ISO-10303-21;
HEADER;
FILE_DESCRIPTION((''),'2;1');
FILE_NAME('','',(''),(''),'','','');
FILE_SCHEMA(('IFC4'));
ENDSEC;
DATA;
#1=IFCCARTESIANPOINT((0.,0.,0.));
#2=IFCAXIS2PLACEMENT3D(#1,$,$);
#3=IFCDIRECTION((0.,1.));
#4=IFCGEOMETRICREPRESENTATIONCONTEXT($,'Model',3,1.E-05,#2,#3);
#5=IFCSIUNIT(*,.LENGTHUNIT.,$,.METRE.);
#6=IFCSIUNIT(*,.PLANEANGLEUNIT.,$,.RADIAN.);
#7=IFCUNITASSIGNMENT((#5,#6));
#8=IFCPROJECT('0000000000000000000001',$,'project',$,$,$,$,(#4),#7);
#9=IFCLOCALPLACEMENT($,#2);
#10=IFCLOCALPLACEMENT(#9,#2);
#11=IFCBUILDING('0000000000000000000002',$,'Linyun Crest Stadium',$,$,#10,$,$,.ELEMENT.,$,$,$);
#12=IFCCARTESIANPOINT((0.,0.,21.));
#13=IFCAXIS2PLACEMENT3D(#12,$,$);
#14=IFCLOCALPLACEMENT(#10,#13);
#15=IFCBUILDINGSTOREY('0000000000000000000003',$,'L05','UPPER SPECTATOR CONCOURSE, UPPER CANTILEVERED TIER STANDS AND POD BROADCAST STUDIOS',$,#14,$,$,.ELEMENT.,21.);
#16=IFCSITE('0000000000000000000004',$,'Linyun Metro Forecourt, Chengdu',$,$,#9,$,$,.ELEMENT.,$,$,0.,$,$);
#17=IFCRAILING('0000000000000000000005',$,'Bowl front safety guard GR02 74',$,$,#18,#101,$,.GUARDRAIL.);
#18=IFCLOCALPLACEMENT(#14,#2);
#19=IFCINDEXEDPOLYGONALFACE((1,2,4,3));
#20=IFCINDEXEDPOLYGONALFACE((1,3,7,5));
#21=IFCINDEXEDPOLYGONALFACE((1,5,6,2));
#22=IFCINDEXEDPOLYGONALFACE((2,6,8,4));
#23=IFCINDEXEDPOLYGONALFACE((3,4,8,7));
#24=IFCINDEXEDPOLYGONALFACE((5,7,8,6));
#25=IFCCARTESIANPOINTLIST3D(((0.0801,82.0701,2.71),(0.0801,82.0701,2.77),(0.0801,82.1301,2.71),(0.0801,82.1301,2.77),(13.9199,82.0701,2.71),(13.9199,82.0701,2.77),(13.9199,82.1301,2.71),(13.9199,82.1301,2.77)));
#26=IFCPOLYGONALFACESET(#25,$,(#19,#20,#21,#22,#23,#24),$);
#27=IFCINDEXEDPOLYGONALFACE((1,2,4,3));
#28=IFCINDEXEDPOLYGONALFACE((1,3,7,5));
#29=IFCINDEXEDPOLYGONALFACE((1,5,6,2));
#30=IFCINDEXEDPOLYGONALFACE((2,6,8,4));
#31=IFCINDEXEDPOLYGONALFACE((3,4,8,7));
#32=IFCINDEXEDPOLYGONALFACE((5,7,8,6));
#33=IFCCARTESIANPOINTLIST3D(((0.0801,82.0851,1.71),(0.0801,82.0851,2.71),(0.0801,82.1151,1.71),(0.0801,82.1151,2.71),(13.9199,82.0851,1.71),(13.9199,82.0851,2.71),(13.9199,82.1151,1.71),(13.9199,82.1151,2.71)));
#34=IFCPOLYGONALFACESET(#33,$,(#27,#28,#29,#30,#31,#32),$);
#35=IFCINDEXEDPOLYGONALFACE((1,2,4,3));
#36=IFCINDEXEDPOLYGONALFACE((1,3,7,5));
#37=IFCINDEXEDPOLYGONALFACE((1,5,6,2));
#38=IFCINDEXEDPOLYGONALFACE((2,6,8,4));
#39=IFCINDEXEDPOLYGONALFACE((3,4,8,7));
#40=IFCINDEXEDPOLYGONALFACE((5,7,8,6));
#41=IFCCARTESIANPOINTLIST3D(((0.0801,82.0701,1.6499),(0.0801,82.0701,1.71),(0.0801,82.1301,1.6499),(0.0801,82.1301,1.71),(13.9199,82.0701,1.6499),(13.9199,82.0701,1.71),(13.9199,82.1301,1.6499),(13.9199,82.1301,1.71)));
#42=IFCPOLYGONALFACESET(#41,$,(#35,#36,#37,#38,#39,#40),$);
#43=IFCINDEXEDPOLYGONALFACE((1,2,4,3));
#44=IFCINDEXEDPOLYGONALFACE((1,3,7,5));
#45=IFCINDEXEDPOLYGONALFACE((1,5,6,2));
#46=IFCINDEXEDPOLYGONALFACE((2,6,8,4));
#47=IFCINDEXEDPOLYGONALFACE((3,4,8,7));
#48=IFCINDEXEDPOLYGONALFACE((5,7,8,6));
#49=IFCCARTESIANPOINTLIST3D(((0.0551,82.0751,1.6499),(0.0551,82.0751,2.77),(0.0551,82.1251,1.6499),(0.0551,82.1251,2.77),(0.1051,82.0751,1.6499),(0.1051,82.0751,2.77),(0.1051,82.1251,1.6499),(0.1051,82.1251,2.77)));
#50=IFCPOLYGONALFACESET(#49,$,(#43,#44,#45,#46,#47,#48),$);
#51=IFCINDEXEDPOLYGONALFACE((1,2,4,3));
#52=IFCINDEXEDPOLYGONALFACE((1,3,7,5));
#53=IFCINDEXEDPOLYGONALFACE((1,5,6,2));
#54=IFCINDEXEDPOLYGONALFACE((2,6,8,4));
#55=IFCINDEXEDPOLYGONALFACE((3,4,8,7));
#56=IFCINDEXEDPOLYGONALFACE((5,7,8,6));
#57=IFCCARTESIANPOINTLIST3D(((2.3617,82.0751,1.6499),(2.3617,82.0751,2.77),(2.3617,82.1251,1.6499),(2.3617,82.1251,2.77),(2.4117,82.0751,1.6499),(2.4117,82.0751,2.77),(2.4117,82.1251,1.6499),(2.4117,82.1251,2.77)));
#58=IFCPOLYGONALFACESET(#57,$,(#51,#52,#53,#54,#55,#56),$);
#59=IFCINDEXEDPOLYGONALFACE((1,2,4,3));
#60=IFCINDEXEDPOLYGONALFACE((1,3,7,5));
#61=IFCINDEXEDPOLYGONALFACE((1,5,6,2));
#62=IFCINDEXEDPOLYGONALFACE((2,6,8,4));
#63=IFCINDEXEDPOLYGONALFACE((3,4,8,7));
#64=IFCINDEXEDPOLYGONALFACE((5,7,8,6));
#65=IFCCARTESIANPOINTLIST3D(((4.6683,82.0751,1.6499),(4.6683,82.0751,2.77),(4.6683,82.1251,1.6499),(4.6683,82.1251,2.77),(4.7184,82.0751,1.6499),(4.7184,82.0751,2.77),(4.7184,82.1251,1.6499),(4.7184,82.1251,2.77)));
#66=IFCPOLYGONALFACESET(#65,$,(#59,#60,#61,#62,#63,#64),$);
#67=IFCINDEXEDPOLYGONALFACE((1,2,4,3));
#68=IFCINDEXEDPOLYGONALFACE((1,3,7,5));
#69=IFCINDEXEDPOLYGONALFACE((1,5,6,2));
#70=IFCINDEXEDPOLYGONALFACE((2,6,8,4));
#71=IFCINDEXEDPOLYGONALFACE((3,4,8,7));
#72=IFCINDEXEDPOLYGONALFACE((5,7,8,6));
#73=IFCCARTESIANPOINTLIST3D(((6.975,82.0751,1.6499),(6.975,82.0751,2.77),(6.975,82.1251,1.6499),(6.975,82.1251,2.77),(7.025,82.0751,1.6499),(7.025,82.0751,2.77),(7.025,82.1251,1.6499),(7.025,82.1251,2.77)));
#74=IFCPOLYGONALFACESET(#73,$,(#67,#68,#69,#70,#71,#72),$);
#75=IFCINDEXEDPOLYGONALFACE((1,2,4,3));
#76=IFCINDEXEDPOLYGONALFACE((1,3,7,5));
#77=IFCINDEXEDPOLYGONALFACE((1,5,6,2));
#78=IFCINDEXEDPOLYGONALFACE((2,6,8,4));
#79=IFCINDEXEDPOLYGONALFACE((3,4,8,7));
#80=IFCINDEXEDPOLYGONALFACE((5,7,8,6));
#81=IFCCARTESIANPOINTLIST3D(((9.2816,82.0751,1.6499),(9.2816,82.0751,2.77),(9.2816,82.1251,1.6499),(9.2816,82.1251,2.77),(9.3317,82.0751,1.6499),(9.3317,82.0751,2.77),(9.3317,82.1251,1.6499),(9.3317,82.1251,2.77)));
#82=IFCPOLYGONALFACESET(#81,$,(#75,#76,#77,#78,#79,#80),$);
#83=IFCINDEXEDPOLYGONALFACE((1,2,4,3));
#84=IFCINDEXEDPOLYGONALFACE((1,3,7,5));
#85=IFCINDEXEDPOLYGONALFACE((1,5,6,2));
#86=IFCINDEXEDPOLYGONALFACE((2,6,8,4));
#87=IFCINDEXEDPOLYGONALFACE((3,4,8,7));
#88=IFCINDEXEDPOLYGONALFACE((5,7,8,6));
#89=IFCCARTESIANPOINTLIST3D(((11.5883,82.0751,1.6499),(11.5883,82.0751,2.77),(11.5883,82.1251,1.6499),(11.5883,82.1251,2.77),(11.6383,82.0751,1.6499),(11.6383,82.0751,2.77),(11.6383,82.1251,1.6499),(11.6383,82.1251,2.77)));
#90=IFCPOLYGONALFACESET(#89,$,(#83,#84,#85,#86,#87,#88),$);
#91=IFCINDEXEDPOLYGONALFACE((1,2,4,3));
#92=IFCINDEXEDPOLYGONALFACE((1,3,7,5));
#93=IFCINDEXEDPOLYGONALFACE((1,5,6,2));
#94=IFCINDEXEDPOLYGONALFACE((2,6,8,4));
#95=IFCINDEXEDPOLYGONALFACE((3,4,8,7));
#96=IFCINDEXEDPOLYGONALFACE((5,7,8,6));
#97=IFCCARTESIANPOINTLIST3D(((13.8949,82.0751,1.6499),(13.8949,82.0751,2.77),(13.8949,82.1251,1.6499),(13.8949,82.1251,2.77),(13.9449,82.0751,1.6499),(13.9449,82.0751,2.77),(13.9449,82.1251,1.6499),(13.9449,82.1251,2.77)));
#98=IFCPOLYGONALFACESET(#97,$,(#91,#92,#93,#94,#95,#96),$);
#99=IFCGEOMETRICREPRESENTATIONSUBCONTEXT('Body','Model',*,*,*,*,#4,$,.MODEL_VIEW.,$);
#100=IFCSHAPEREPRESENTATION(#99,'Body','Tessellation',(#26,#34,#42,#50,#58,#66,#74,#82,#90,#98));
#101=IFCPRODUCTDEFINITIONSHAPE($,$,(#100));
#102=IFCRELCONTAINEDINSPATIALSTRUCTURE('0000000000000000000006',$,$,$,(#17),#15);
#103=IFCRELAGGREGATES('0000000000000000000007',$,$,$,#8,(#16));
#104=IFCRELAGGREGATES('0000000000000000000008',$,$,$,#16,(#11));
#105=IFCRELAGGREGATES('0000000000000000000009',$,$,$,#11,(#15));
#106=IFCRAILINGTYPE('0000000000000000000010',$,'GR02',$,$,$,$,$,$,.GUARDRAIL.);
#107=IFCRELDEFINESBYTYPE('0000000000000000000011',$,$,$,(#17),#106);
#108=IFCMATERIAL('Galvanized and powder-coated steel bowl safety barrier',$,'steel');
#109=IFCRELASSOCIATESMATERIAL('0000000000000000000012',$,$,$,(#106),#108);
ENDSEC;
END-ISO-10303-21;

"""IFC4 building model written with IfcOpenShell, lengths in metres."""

from ifc_helpers import new_model, si_unit, direction, frame, origin, origin_2d, place, context, subcontext, project, spatial, rectangle, extrude, material, type_object, element, save


model = new_model("IFC4")

# Units and contexts
model_context = context("Model", 3, precision=1e-05, world=origin(), true_north=direction((0.0, 1.0)))
body_context = subcontext(model_context, "Body", "Model", "MODEL_VIEW")
ifc_project = project(units=[si_unit("LENGTHUNIT", "METRE"), si_unit("PLANEANGLEUNIT", "RADIAN")], contexts=[model_context])

# Site, building, storey
site_placement = place(None, origin())
site = spatial("IfcSite", under=ifc_project, at=site_placement, Name="Linyun Metro Forecourt, Chengdu", CompositionType="ELEMENT", RefElevation=0.0)
building_placement = place(site_placement, origin())
building = spatial("IfcBuilding", under=site, at=building_placement, Name="Linyun Crest Stadium", CompositionType="ELEMENT")
storey_placement = place(building_placement, frame((0.0, 0.0, 21.0)))
storey = spatial("IfcBuildingStorey", under=building, at=storey_placement, Name="L05", Description="UPPER SPECTATOR CONCOURSE, UPPER CANTILEVERED TIER STANDS AND POD BROADCAST STUDIOS", CompositionType="ELEMENT", Elevation=21.0)

# Railing
ifc_material_1 = material(Name="Galvanized and powder-coated steel bowl safety barrier", Category="steel")
railing_type = type_object("IfcRailingType", Name="GR02", PredefinedType="GUARDRAIL", material=ifc_material_1)
railing_placement = place(storey_placement, frame((0.0801, 82.1001, 1.6499)))
element("IfcRailing", 1, at=railing_placement, inside=storey, type_object=railing_type, Name="Bowl front safety guard GR02 74", PredefinedType="GUARDRAIL", context=body_context, shape_type="SweptSolid", body=[
    extrude(rectangle(XDim=0.0601, YDim=0.0601, at=origin_2d()), frame((0.0, 0.0, 1.0901), z_axis=(1.0, 0.0, 0.0), x_axis=(0.0, 1.0, 0.0)), (0.0, 0.0, 1.0), 13.8398),
    extrude(rectangle(XDim=0.03, YDim=1.0, at=origin_2d()), frame((0.0, 0.0, 0.5601), z_axis=(1.0, 0.0, 0.0), x_axis=(0.0, 1.0, 0.0)), (0.0, 0.0, 1.0), 13.8398),
    extrude(rectangle(XDim=0.0601, YDim=0.0601, at=origin_2d()), frame((0.0, 0.0, 0.03), z_axis=(1.0, 0.0, 0.0), x_axis=(0.0, 1.0, 0.0)), (0.0, 0.0, 1.0), 13.8398),
    extrude(rectangle(XDim=0.05, YDim=0.05, at=origin_2d()), origin(), (0.0, 0.0, 1.0), 1.1201),
    extrude(rectangle(XDim=0.05, YDim=0.05, at=origin_2d()), frame((2.3066, 0.0, 0.0)), (0.0, 0.0, 1.0), 1.1201),
    extrude(rectangle(XDim=0.05, YDim=0.05, at=origin_2d()), frame((4.6133, 0.0, 0.0)), (0.0, 0.0, 1.0), 1.1201),
    extrude(rectangle(XDim=0.05, YDim=0.05, at=origin_2d()), frame((6.9199, 0.0, 0.0)), (0.0, 0.0, 1.0), 1.1201),
    extrude(rectangle(XDim=0.05, YDim=0.05, at=origin_2d()), frame((9.2266, 0.0, 0.0)), (0.0, 0.0, 1.0), 1.1201),
    extrude(rectangle(XDim=0.05, YDim=0.05, at=origin_2d()), frame((11.5332, 0.0, 0.0)), (0.0, 0.0, 1.0), 1.1201),
    extrude(rectangle(XDim=0.05, YDim=0.05, at=origin_2d()), frame((13.8398, 0.0, 0.0)), (0.0, 0.0, 1.0), 1.1201),
])

save(model, "model.ifc")
